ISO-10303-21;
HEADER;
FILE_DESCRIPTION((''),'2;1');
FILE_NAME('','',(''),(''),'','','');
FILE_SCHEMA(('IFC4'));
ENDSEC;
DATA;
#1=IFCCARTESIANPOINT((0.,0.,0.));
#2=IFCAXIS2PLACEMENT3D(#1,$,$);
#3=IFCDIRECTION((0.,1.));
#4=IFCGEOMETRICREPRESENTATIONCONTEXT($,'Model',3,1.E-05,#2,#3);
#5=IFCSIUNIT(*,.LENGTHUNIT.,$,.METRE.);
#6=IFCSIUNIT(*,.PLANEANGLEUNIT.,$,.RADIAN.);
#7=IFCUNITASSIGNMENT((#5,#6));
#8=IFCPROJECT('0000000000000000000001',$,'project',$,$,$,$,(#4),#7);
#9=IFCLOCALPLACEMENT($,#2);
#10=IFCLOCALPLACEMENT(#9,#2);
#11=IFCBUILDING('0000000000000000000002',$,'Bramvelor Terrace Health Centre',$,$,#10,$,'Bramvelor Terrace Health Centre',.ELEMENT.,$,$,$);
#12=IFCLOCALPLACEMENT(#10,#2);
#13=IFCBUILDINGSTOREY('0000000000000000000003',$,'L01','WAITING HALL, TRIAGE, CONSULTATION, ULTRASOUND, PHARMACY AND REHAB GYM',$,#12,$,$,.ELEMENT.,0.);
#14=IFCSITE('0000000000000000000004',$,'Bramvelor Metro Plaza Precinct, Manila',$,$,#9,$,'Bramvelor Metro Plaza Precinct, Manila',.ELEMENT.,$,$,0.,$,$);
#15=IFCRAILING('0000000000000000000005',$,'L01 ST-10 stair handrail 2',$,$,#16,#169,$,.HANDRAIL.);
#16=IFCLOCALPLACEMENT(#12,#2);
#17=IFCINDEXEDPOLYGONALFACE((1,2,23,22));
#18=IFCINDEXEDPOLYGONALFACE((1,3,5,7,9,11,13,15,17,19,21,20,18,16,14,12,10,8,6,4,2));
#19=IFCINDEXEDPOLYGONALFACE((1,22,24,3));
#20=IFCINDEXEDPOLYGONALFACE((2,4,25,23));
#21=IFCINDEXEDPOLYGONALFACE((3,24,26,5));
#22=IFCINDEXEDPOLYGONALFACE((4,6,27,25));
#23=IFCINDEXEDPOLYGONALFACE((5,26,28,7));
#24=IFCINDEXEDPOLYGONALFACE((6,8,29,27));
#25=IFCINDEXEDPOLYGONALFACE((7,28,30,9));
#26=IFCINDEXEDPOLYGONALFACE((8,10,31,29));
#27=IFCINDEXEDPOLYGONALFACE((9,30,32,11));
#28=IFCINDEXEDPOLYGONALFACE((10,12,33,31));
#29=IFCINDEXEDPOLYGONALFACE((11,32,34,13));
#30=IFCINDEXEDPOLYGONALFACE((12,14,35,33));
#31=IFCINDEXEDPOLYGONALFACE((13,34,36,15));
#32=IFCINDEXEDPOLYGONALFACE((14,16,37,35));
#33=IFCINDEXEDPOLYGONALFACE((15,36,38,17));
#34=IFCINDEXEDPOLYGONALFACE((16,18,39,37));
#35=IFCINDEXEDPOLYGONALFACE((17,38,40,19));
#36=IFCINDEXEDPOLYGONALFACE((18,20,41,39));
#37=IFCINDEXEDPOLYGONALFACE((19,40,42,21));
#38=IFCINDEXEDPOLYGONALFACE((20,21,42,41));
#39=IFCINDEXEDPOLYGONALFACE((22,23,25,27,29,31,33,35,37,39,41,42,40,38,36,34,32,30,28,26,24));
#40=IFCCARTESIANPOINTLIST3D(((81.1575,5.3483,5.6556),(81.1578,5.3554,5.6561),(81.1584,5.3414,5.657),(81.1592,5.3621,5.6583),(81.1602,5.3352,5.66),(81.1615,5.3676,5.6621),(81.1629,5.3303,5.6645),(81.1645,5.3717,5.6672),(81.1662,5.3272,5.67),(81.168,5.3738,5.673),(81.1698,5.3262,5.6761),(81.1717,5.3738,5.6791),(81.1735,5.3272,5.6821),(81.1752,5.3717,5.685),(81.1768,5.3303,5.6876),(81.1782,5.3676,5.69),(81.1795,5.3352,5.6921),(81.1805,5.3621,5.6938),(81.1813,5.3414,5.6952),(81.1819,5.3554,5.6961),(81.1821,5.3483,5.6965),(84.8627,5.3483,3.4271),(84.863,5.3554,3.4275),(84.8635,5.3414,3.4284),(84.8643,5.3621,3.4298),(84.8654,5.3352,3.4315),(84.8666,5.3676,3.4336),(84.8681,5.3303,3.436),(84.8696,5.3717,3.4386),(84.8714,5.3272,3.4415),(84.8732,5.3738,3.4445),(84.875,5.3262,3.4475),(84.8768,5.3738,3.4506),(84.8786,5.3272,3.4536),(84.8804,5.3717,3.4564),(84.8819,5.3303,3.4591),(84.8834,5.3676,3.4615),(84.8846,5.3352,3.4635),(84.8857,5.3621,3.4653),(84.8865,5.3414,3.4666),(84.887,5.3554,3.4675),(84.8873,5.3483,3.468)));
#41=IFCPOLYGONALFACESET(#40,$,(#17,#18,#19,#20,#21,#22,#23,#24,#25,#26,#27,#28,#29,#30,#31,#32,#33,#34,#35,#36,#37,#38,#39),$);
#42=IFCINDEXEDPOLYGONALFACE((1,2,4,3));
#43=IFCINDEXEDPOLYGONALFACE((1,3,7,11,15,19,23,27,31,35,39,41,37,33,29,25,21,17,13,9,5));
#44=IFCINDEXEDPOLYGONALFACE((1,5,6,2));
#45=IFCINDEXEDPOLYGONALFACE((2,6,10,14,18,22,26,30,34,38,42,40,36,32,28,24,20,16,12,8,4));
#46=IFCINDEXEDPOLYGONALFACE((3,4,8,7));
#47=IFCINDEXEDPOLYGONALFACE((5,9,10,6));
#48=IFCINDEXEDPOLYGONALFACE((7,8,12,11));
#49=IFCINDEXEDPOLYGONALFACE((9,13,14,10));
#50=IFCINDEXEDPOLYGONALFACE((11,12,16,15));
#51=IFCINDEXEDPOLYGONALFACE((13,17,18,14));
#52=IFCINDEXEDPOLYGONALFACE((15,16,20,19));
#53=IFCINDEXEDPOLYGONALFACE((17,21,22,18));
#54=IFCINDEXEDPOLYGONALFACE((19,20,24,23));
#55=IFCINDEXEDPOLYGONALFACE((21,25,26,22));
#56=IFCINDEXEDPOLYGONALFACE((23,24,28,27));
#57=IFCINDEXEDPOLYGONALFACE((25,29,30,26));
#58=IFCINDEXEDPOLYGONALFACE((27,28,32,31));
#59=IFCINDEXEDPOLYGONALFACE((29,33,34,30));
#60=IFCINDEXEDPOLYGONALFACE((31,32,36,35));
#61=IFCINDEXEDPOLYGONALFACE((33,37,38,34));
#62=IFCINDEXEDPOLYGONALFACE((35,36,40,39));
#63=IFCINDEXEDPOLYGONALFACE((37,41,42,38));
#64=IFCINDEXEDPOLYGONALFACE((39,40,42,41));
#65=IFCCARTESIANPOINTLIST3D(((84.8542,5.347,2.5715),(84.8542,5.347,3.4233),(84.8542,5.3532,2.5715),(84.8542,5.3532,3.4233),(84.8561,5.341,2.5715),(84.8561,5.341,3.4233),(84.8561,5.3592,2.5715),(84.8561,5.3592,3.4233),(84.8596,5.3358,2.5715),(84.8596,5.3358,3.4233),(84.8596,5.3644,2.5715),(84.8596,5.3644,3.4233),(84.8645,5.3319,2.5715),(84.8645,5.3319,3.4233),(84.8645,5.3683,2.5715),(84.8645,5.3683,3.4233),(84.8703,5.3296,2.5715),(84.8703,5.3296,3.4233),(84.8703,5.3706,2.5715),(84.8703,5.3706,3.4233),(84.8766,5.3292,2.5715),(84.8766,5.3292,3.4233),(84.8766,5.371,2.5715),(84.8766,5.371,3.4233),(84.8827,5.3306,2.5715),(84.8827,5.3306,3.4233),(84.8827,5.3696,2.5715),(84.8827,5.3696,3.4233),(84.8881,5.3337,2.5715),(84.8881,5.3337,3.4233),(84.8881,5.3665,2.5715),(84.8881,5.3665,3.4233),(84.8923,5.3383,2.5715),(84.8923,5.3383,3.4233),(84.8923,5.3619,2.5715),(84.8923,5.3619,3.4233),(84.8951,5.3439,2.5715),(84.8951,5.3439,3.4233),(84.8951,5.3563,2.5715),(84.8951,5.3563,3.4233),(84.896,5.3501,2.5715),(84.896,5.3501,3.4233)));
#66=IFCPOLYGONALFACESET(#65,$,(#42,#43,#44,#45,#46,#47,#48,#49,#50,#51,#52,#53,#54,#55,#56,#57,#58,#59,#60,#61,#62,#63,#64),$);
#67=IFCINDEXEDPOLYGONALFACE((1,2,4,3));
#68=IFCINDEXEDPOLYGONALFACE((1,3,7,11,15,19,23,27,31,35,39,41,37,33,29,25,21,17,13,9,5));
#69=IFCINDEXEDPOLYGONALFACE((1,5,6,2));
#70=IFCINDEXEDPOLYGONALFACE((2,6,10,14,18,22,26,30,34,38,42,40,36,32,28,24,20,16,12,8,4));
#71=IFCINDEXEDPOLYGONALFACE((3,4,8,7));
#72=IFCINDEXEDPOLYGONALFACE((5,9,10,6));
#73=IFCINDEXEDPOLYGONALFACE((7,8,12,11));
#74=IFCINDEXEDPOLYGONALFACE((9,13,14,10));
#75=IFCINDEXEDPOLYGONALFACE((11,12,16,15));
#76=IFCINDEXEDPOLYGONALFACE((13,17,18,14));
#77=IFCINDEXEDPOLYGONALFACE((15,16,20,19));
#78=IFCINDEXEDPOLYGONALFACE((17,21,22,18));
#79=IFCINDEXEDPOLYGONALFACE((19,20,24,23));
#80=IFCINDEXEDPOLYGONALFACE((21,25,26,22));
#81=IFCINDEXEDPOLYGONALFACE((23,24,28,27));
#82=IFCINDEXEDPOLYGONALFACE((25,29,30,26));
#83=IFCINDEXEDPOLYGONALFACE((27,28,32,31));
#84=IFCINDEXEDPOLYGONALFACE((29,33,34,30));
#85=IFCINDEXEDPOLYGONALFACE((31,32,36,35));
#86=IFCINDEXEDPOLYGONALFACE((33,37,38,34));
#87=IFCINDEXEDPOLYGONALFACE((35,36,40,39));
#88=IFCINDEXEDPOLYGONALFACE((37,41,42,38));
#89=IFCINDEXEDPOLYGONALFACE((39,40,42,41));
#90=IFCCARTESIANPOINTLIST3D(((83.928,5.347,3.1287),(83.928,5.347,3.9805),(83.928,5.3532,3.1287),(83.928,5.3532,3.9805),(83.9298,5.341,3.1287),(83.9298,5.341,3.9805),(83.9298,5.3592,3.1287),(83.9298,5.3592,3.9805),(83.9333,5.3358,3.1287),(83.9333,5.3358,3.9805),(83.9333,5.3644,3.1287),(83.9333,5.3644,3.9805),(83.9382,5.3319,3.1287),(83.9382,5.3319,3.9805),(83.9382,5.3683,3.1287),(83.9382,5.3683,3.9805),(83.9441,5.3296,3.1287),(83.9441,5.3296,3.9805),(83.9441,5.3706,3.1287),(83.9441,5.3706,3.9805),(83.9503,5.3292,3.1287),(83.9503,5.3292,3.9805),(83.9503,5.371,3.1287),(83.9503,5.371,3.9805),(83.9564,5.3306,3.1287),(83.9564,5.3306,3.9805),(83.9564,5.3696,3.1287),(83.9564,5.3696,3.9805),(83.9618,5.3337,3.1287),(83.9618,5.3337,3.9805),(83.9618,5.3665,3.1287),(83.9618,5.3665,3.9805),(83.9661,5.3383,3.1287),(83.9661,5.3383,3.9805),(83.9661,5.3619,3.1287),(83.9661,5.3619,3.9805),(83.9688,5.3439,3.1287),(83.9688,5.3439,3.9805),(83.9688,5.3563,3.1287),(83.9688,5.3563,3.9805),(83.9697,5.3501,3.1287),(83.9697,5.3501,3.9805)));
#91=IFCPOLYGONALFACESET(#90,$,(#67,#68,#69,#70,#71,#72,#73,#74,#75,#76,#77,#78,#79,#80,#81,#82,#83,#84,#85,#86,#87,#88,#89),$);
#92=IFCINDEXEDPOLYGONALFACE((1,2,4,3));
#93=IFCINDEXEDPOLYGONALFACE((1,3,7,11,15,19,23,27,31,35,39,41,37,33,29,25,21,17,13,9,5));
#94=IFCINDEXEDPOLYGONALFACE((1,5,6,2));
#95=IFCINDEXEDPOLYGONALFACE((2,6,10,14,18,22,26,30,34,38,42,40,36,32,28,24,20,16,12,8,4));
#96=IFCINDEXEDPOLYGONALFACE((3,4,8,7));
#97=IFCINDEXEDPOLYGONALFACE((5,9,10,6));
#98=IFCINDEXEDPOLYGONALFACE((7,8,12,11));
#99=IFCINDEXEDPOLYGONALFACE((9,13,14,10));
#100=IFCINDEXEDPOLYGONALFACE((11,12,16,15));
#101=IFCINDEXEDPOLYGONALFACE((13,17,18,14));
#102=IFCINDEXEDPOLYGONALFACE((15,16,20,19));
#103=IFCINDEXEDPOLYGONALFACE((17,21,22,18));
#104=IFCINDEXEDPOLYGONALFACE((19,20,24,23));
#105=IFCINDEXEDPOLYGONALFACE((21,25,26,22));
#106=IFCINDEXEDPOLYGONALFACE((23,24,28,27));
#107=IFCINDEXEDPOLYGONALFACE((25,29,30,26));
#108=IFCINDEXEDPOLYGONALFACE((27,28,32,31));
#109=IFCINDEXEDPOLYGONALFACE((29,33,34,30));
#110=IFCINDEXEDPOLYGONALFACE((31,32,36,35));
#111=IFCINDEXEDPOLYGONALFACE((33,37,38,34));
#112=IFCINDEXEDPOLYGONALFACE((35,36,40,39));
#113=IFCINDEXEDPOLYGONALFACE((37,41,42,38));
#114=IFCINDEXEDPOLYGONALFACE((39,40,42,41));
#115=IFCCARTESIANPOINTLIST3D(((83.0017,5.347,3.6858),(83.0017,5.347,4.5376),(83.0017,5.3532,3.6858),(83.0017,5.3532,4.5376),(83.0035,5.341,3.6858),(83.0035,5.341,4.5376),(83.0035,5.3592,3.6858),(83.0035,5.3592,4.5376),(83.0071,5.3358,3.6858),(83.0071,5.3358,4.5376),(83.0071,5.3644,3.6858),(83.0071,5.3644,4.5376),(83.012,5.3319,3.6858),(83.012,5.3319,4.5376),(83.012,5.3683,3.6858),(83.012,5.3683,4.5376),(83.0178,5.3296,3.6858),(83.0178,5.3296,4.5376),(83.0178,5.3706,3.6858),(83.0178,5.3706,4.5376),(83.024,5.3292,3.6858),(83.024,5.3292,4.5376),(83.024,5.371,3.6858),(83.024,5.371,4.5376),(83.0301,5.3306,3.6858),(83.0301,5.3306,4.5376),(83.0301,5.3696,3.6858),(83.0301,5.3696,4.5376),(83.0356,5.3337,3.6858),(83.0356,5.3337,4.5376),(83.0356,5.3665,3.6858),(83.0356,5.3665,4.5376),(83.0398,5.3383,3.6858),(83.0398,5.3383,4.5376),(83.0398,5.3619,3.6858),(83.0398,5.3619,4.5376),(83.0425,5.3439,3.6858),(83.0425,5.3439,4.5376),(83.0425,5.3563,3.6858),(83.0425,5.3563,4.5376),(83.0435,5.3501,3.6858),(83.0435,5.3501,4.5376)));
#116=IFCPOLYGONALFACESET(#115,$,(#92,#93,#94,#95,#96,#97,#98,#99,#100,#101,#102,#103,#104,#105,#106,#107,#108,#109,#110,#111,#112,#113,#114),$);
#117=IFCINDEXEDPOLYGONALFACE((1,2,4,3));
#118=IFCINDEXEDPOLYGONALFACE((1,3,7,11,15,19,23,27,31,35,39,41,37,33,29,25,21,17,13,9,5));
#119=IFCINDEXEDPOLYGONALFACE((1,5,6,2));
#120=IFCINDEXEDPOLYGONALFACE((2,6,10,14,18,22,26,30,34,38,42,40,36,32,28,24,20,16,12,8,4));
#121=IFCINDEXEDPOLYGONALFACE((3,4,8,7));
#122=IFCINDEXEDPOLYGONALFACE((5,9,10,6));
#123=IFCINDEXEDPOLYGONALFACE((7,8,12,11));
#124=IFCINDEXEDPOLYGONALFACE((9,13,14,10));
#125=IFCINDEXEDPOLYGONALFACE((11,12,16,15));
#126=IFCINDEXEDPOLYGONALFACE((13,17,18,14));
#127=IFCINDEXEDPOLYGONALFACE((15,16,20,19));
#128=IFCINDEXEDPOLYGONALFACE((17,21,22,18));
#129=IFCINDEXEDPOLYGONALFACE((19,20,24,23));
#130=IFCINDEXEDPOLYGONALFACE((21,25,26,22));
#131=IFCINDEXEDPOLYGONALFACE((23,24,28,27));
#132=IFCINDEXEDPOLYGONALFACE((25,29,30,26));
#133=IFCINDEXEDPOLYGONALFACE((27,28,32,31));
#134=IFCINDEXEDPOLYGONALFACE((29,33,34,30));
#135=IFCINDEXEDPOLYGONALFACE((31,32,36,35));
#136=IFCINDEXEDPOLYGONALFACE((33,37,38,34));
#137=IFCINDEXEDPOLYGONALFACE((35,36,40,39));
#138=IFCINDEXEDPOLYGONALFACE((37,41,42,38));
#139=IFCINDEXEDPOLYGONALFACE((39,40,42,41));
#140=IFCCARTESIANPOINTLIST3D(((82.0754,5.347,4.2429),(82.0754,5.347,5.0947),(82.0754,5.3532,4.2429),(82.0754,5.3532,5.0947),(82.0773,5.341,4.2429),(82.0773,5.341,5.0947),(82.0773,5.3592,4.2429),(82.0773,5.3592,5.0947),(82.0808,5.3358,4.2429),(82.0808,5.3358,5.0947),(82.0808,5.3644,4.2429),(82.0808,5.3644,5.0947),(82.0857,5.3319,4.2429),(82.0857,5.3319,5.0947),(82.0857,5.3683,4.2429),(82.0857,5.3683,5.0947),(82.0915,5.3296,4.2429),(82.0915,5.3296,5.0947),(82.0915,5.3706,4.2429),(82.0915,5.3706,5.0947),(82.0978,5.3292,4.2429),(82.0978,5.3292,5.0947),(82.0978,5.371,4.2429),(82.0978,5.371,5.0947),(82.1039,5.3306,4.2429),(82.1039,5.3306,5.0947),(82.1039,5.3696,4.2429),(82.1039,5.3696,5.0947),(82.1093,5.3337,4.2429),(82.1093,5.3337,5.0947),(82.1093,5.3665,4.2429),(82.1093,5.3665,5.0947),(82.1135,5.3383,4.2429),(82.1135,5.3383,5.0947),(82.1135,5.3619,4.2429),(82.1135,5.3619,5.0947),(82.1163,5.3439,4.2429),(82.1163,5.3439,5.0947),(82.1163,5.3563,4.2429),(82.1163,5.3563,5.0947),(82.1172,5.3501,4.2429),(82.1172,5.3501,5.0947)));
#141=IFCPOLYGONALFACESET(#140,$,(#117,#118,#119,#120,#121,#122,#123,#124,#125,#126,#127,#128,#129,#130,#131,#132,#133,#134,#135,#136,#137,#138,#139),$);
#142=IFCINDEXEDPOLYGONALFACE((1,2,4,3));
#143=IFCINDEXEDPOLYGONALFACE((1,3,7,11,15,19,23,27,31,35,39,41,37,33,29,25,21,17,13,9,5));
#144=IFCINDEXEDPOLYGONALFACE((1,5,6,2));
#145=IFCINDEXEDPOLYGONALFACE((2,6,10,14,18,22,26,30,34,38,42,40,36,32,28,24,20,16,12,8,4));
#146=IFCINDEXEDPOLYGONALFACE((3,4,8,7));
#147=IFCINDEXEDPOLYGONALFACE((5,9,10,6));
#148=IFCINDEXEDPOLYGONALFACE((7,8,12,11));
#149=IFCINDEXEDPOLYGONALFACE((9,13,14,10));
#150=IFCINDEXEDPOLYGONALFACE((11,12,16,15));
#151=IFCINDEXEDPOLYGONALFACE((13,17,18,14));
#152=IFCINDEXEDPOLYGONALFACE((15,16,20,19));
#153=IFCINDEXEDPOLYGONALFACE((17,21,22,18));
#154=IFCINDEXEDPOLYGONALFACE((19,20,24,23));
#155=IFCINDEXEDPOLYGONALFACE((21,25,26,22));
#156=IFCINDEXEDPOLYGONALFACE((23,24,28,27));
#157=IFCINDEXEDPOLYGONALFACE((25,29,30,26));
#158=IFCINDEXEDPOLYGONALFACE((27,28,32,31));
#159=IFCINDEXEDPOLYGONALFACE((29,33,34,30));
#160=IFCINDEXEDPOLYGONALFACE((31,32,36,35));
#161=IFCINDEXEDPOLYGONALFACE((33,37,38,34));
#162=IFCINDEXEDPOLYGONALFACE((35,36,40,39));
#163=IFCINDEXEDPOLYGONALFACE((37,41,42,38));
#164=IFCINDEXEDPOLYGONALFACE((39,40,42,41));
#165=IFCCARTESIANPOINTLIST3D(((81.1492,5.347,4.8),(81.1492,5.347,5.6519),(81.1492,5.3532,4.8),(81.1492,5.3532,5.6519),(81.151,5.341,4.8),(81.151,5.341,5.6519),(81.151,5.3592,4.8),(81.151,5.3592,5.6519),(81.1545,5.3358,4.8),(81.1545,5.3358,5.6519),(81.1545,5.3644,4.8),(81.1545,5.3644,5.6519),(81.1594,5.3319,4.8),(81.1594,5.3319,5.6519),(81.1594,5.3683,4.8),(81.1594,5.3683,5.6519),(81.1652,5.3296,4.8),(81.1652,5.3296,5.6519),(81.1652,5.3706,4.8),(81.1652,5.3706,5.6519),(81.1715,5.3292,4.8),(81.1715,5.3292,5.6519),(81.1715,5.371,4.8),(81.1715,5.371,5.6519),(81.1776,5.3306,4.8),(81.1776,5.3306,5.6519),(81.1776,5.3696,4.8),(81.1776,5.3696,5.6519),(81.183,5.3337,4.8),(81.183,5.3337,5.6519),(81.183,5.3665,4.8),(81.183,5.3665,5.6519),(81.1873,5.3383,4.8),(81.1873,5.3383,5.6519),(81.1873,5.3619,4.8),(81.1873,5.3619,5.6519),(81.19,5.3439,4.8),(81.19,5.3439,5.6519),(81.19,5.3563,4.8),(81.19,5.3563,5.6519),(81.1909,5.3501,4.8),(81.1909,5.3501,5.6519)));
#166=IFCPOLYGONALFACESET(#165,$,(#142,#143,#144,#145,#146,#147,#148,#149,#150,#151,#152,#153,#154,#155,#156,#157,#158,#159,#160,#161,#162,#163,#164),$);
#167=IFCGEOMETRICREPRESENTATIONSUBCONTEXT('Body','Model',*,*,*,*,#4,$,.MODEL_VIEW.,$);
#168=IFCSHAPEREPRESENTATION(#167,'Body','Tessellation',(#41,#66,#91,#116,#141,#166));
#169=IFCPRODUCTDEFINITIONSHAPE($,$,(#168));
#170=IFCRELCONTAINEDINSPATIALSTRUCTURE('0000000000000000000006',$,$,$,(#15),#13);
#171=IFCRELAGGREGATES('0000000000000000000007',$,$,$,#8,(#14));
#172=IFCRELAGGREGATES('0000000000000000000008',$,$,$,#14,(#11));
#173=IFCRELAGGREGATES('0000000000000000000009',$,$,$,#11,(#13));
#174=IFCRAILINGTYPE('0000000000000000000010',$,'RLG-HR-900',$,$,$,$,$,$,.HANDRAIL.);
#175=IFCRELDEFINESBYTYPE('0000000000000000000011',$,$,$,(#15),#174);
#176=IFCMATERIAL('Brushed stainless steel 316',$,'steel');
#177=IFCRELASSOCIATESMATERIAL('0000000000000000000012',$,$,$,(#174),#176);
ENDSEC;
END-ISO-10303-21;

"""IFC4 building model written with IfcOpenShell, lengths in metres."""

from ifc_helpers import new_model, si_unit, direction, frame, origin, origin_2d, place, context, subcontext, project, spatial, circle, extrude, material, type_object, element, save


model = new_model("IFC4")

# Units and contexts
model_context = context("Model", 3, precision=1e-05, world=origin(), true_north=direction((0.0, 1.0)))
body_context = subcontext(model_context, "Body", "Model", "MODEL_VIEW")
ifc_project = project(units=[si_unit("LENGTHUNIT", "METRE"), si_unit("PLANEANGLEUNIT", "RADIAN")], contexts=[model_context])

# Site, building, storey
site_placement = place(None, origin())
site = spatial("IfcSite", under=ifc_project, at=site_placement, Name="Bramvelor Metro Plaza Precinct, Manila", LongName="Bramvelor Metro Plaza Precinct, Manila", CompositionType="ELEMENT", RefElevation=0.0)
building_placement = place(site_placement, origin())
building = spatial("IfcBuilding", under=site, at=building_placement, Name="Bramvelor Terrace Health Centre", LongName="Bramvelor Terrace Health Centre", CompositionType="ELEMENT")
storey_placement = place(building_placement, origin())
storey = spatial("IfcBuildingStorey", under=building, at=storey_placement, Name="L01", Description="WAITING HALL, TRIAGE, CONSULTATION, ULTRASOUND, PHARMACY AND REHAB GYM", CompositionType="ELEMENT", Elevation=0.0)

# Railing
ifc_material_1 = material(Name="Brushed stainless steel 316", Category="steel")
railing_type_1 = type_object("IfcRailingType", Name="RLG-HR-900", PredefinedType="HANDRAIL", material=ifc_material_1)
railing_1_placement = place(storey_placement, frame((84.875, 5.3501, 2.5715)))
element("IfcRailing", 1, at=railing_1_placement, inside=storey, type_object=railing_type_1, Name="L01 ST-10 stair handrail 2", PredefinedType="HANDRAIL", context=body_context, shape_type="SweptSolid", body=[
    extrude(circle(Radius=0.0239, at=origin_2d()), frame((0.0, 0.0, 0.876), z_axis=(-0.856934, 0.0, 0.515425), x_axis=(0.0, -1.0, 0.0)), (0.0, 0.0, 1.0), 4.3237),
    extrude(circle(Radius=0.021, at=origin_2d()), origin(), (0.0, 0.0, 1.0), 0.8518),
    extrude(circle(Radius=0.021, at=origin_2d()), frame((-0.9263, 0.0, 0.5571)), (0.0, 0.0, 1.0), 0.8518),
    extrude(circle(Radius=0.021, at=origin_2d()), frame((-1.8525, 0.0, 1.1143)), (0.0, 0.0, 1.0), 0.8518),
    extrude(circle(Radius=0.021, at=origin_2d()), frame((-2.7788, 0.0, 1.6714)), (0.0, 0.0, 1.0), 0.8518),
    extrude(circle(Radius=0.021, at=origin_2d()), frame((-3.7051, 0.0, 2.2285)), (0.0, 0.0, 1.0), 0.8518),
])

save(model, "model.ifc")
